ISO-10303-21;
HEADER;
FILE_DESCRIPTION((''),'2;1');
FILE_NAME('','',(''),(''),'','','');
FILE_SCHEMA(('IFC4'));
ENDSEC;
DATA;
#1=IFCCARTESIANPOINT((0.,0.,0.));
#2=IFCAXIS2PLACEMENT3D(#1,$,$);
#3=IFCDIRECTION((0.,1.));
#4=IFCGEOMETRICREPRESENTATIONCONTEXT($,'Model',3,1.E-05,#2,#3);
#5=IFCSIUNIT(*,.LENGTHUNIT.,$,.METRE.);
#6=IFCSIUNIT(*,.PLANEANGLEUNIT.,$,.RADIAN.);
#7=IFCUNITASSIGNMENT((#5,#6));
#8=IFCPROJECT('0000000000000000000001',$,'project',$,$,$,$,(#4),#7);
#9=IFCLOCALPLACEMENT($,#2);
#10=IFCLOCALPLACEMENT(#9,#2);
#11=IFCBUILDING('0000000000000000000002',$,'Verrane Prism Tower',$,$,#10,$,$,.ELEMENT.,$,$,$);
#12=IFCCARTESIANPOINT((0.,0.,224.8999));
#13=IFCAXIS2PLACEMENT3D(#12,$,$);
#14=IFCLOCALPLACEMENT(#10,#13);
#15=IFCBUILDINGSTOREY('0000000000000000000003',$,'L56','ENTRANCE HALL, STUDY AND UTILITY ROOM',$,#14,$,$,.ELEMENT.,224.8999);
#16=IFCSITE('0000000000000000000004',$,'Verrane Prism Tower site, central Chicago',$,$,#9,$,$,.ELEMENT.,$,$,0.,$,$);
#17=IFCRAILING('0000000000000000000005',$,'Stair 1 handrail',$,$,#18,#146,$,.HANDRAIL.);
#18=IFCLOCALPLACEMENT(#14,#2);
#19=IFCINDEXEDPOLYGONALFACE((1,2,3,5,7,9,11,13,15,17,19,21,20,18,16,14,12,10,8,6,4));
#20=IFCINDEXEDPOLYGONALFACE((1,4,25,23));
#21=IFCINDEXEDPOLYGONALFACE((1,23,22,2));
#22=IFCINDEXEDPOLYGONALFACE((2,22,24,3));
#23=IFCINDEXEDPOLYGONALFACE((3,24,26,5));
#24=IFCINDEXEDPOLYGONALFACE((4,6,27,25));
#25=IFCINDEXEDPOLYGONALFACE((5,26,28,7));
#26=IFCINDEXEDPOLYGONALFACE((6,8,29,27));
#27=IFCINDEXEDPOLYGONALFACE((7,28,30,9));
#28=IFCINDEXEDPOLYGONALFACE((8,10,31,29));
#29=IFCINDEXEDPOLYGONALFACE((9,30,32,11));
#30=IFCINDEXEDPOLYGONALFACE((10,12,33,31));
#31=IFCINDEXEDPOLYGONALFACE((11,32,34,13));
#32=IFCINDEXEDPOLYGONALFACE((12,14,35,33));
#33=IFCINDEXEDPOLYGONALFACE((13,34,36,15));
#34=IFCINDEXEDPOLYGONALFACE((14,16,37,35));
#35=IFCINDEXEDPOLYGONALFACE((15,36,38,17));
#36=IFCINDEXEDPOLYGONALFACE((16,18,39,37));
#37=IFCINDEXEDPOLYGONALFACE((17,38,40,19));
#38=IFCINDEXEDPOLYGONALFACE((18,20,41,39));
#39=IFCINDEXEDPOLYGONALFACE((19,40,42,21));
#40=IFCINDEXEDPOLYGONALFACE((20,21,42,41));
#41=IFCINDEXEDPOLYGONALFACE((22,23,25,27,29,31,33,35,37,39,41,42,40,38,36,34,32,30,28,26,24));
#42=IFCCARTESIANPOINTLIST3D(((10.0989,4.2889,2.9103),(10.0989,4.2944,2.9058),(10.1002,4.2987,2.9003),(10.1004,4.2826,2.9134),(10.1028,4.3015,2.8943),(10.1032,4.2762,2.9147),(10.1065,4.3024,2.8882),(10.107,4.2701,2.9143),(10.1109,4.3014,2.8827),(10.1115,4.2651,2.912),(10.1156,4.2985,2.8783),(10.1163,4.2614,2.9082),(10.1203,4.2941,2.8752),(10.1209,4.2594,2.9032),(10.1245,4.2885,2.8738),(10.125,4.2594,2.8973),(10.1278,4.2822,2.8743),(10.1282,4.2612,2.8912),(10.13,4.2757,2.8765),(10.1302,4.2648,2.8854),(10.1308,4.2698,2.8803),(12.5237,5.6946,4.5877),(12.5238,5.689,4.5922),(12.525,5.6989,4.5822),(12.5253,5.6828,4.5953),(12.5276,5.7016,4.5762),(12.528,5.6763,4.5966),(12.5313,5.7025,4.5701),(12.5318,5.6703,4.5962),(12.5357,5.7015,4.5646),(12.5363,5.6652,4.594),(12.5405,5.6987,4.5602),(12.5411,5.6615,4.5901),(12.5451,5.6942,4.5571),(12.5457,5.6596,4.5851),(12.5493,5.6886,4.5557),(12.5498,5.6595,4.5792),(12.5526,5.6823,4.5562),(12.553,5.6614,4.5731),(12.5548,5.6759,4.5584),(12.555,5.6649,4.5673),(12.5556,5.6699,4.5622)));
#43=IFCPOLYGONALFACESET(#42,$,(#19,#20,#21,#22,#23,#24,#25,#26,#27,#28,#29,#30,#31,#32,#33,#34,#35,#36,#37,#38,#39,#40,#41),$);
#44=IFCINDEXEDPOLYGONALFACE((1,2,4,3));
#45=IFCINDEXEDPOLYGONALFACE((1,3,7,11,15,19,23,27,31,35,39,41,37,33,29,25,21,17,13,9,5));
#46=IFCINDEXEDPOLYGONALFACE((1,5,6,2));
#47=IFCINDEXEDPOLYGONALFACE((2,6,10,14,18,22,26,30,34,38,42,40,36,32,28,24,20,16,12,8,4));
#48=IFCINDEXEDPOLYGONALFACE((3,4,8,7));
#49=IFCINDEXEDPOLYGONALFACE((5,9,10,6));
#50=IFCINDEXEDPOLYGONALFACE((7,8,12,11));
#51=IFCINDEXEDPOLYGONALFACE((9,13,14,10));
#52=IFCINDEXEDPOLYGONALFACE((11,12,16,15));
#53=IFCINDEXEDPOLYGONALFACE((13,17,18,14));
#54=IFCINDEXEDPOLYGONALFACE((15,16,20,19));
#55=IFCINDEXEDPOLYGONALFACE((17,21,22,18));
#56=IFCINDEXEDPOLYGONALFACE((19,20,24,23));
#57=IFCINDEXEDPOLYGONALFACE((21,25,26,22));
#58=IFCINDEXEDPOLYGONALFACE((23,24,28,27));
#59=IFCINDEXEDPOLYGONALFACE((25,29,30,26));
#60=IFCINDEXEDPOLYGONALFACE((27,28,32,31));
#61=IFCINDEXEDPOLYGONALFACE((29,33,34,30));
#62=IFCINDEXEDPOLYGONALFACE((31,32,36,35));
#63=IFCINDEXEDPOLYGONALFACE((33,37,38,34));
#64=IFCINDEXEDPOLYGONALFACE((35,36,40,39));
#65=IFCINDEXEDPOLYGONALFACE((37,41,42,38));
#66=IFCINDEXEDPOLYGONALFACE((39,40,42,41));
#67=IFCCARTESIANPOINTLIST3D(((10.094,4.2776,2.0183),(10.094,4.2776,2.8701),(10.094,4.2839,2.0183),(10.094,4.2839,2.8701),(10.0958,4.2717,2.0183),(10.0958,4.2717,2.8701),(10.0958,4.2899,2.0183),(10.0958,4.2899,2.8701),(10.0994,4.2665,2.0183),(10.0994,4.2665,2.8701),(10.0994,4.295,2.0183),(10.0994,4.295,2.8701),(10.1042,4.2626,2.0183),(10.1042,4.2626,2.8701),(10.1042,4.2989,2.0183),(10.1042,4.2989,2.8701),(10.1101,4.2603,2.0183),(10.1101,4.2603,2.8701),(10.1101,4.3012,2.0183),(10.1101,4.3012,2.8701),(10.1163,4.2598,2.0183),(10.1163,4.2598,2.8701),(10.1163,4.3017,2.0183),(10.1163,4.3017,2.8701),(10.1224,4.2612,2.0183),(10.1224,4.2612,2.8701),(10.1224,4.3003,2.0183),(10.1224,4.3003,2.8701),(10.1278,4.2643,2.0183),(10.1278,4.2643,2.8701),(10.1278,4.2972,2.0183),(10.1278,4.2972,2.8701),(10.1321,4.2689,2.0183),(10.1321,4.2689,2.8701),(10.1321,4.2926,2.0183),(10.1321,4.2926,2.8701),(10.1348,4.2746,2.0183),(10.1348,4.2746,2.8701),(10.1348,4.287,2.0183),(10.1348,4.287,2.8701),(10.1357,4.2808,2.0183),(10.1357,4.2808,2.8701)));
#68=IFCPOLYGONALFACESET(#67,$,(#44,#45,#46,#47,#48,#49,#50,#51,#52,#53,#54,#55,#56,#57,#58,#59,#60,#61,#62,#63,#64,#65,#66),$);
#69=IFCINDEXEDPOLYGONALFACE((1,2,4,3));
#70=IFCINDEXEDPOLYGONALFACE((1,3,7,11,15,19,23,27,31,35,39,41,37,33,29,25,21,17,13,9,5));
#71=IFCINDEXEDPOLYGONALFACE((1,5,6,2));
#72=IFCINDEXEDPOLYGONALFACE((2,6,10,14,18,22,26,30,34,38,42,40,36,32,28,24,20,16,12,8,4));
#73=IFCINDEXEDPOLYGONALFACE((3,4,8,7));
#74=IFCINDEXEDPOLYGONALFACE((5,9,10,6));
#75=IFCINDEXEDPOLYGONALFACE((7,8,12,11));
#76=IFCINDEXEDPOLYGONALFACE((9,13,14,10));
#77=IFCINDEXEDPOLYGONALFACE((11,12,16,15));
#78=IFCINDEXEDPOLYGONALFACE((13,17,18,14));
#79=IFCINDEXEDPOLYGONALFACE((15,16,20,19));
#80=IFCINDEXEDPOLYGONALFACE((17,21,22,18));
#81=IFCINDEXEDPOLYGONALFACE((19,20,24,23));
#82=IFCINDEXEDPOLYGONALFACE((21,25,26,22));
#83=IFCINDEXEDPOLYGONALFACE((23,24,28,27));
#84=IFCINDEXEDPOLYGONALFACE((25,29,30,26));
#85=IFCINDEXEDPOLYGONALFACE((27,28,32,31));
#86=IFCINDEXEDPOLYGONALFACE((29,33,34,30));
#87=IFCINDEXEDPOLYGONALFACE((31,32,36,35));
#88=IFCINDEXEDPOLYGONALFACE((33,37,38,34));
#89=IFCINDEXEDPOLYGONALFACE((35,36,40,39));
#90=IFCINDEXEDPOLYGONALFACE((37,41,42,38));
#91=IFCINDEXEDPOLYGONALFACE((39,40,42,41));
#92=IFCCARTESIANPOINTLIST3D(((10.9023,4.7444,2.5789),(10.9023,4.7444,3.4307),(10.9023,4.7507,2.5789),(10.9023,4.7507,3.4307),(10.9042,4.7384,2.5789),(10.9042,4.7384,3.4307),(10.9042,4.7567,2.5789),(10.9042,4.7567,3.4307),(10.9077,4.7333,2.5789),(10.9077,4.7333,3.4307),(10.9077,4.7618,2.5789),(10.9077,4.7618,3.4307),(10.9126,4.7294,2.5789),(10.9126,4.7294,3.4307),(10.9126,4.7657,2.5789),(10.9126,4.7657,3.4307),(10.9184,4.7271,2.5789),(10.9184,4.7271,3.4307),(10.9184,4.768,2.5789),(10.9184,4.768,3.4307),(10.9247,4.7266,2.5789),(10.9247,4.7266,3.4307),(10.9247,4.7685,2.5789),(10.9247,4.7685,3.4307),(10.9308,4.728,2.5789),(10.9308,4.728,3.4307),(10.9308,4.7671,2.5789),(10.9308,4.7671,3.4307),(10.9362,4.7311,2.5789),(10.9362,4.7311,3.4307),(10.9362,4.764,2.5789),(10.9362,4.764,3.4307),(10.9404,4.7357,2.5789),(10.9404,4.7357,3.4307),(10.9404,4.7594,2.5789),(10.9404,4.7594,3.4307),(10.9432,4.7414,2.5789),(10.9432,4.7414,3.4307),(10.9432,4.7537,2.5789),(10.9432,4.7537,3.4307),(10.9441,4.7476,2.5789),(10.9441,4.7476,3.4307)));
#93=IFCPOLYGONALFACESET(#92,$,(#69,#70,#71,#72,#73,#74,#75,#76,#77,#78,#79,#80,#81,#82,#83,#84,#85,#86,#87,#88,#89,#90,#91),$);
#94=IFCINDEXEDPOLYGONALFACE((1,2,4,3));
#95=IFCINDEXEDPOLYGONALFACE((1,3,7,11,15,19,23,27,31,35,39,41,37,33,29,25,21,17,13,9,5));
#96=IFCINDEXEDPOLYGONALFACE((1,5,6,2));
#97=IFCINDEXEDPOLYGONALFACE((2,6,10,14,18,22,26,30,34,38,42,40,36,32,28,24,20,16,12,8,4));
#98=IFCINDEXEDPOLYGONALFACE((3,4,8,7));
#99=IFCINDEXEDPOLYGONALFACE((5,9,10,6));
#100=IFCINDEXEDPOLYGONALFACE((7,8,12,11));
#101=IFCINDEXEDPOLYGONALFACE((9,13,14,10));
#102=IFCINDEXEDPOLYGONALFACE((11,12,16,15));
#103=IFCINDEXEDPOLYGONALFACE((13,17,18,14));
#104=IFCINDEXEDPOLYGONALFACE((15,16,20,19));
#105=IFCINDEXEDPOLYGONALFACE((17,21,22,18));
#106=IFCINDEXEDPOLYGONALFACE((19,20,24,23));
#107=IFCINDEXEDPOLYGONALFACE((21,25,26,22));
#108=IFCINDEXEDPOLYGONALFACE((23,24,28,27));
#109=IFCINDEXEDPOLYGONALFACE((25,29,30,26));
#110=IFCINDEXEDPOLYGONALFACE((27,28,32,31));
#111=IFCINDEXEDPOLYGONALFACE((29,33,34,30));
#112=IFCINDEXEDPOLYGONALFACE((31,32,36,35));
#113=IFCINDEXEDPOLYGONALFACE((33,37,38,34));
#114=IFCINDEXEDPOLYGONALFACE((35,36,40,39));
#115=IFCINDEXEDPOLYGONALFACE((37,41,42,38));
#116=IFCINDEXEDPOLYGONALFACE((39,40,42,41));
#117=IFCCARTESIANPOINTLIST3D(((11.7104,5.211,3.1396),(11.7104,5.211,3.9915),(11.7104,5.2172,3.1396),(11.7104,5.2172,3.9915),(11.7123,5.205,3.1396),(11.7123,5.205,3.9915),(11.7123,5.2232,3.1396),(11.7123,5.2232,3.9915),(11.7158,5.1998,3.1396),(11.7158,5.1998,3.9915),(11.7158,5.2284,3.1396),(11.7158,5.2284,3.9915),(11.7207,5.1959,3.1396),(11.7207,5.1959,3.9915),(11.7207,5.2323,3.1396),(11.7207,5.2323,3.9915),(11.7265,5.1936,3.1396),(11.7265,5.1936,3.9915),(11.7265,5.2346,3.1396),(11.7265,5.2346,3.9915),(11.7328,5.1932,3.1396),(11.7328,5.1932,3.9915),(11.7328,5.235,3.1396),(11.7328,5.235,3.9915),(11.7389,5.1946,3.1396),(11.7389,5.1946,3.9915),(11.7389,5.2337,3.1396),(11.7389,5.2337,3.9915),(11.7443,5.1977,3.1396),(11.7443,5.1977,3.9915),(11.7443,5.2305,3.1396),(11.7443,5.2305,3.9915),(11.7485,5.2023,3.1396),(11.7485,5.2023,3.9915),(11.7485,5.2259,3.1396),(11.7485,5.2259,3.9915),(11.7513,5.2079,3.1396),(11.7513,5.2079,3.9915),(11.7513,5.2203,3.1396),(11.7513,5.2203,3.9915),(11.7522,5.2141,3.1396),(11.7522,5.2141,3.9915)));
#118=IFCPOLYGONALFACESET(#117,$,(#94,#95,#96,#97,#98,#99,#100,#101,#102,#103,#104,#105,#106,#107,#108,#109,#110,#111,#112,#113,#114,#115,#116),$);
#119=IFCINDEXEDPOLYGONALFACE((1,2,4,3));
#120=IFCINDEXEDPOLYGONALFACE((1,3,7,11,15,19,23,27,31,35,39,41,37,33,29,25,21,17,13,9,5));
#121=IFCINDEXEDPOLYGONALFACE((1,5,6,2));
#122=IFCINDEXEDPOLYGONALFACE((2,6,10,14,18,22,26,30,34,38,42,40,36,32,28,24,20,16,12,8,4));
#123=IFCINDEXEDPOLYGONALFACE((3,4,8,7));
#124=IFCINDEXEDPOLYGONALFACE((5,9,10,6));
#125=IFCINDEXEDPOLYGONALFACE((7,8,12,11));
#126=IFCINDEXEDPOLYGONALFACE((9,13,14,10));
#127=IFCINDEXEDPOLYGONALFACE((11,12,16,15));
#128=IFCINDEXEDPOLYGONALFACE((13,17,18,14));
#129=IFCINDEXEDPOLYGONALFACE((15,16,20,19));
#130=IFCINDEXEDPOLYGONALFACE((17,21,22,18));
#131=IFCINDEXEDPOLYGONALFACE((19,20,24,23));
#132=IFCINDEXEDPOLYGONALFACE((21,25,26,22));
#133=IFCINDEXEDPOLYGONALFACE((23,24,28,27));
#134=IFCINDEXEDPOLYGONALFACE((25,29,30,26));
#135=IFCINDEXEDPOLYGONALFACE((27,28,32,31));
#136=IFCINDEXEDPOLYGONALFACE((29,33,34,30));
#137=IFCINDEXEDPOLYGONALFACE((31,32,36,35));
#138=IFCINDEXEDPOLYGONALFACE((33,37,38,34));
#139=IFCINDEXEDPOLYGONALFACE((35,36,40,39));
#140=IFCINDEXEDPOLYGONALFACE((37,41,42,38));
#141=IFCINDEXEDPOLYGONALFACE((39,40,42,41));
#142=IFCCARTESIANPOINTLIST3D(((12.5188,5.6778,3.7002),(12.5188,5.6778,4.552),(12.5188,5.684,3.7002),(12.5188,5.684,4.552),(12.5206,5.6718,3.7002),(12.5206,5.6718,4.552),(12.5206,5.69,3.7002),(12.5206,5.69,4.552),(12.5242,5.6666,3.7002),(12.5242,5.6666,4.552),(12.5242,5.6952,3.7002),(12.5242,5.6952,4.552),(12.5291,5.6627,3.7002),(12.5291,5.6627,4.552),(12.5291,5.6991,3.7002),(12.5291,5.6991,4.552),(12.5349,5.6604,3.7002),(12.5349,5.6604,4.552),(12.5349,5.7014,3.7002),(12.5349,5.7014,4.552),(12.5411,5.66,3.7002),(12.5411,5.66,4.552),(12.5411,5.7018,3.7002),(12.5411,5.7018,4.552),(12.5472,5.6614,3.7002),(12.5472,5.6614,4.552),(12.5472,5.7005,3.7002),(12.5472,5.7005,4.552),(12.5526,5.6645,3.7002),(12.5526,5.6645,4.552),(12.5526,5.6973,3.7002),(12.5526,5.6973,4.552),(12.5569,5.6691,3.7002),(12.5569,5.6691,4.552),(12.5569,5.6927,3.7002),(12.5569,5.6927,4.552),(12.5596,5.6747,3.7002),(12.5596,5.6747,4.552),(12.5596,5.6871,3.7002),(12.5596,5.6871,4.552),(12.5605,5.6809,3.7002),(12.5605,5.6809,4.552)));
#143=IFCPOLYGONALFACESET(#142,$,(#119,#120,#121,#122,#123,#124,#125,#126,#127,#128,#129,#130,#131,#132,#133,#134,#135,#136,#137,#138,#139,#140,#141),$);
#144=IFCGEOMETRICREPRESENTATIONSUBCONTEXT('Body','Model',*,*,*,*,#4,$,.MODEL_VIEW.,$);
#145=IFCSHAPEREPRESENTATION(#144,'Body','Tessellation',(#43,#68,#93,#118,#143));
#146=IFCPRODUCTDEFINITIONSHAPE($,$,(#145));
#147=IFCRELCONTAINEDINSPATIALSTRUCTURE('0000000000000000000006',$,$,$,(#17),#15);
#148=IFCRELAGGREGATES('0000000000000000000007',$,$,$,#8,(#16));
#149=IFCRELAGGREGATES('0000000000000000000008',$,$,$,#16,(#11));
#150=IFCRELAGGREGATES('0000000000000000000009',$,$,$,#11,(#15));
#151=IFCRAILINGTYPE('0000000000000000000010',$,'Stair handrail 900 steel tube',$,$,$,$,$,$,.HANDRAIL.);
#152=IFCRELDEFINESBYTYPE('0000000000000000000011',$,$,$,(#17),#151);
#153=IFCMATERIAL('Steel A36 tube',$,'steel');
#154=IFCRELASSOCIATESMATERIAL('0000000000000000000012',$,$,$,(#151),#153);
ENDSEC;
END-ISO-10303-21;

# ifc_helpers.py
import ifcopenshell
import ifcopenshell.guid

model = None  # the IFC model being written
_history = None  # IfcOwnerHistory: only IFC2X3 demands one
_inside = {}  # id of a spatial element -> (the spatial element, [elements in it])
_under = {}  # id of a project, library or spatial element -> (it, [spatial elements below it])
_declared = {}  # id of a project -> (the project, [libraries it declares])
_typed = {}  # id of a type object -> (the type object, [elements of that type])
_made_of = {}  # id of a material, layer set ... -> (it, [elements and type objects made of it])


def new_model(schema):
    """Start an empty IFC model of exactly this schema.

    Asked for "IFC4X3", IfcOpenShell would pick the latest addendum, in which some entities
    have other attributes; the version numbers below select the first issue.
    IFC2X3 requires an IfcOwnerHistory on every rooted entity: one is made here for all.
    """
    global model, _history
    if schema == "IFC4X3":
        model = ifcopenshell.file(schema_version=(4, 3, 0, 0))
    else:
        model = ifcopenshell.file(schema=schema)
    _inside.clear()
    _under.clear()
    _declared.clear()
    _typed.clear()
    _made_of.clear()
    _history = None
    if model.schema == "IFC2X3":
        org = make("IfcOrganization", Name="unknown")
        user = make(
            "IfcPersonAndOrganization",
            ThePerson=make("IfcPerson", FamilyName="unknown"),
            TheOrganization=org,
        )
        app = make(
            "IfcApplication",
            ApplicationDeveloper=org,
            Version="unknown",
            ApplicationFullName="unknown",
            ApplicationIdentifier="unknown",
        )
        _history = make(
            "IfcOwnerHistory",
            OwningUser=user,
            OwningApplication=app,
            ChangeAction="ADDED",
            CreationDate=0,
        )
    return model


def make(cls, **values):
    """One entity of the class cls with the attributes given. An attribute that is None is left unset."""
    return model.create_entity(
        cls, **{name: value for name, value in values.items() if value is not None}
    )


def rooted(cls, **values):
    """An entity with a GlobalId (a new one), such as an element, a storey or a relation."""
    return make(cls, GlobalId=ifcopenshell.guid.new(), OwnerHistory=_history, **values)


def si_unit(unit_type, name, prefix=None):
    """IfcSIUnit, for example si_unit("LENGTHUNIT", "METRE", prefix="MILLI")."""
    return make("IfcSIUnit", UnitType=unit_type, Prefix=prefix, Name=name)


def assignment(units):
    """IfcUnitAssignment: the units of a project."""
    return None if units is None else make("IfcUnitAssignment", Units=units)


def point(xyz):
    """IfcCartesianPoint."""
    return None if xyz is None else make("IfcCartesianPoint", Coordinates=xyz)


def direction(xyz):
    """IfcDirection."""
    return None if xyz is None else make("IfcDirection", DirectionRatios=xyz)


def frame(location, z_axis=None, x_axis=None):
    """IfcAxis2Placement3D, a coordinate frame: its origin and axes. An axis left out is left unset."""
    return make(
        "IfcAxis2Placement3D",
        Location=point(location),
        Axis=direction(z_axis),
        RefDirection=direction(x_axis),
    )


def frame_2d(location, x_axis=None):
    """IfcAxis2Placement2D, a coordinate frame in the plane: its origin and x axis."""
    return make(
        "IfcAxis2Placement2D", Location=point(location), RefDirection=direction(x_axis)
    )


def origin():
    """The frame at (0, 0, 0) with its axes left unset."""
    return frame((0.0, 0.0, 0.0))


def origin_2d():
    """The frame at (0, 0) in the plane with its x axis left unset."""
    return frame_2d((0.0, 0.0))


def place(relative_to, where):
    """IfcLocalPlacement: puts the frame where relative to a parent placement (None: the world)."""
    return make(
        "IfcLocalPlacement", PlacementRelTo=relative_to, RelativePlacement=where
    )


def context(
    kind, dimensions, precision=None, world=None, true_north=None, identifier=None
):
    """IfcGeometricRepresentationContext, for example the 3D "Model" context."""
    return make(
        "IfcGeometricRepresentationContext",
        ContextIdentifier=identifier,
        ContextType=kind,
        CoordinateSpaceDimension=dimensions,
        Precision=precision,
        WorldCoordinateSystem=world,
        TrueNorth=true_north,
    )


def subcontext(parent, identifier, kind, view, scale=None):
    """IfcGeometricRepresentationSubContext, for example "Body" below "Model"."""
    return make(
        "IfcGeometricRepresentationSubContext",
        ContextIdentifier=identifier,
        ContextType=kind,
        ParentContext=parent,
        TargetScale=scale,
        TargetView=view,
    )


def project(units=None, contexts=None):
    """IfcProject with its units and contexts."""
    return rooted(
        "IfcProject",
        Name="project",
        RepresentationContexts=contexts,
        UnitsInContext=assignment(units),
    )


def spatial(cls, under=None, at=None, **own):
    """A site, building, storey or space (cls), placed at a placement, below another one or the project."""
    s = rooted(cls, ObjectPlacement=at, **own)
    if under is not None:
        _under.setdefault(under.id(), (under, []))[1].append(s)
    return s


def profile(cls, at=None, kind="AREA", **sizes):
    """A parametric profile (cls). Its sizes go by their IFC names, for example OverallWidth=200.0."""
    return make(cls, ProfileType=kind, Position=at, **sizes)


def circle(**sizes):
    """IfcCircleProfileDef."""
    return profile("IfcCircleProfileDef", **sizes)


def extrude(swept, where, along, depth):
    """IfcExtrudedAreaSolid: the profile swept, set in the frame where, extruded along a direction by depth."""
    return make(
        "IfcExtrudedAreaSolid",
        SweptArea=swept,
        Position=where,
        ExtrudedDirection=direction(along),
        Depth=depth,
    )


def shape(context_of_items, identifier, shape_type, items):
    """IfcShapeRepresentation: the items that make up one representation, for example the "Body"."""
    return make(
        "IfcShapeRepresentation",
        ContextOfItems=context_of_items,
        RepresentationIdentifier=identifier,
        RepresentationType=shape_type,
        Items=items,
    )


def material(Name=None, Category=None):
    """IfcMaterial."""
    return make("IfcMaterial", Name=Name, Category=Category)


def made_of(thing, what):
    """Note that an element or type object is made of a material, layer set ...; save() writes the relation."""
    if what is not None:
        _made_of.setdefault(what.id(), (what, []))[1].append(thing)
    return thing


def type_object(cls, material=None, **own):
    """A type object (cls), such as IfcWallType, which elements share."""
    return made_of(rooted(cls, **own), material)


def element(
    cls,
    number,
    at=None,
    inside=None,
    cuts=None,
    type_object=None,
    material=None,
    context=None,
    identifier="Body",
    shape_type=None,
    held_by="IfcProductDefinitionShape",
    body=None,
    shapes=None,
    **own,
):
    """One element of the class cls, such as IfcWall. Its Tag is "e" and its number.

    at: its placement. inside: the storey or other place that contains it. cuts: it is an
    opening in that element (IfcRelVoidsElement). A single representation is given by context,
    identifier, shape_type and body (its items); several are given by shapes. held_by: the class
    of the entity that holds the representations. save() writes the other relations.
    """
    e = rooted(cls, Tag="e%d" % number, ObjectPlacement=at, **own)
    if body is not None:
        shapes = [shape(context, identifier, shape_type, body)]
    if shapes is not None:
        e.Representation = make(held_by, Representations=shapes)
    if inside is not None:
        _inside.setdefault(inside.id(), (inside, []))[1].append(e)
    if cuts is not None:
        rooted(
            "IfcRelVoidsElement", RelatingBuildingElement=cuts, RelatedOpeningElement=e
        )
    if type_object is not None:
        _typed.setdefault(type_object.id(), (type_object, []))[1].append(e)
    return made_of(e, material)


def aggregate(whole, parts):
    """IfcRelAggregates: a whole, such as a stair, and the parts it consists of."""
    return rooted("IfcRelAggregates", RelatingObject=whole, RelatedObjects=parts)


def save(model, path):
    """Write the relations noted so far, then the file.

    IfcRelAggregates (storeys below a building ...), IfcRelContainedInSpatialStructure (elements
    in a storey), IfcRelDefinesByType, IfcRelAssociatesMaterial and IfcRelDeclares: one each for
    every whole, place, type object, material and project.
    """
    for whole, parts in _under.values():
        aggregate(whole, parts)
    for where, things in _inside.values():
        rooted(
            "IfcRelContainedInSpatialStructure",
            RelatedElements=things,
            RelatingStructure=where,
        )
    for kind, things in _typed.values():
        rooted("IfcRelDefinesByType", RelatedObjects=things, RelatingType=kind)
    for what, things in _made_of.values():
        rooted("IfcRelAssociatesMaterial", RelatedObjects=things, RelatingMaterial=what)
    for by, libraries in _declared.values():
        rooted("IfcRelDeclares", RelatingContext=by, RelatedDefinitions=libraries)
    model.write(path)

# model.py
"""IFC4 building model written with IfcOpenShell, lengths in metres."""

from ifc_helpers import new_model, si_unit, direction, frame, origin, origin_2d, place, context, subcontext, project, spatial, circle, extrude, material, type_object, element, save


model = new_model("IFC4")

# Units and contexts
model_context = context("Model", 3, precision=1e-05, world=origin(), true_north=direction((0.0, 1.0)))
body_context = subcontext(model_context, "Body", "Model", "MODEL_VIEW")
ifc_project = project(units=[si_unit("LENGTHUNIT", "METRE"), si_unit("PLANEANGLEUNIT", "RADIAN")], contexts=[model_context])

# Site, building, storey
site_placement = place(None, origin())
site = spatial("IfcSite", under=ifc_project, at=site_placement, Name="Verrane Prism Tower site, central Chicago", CompositionType="ELEMENT", RefElevation=0.0)
building_placement = place(site_placement, origin())
building = spatial("IfcBuilding", under=site, at=building_placement, Name="Verrane Prism Tower", CompositionType="ELEMENT")
storey_placement = place(building_placement, frame((0.0, 0.0, 224.8999)))
storey = spatial("IfcBuildingStorey", under=building, at=storey_placement, Name="L56", Description="ENTRANCE HALL, STUDY AND UTILITY ROOM", CompositionType="ELEMENT", Elevation=224.8999)

# Railing
ifc_material_1 = material(Name="Steel A36 tube", Category="steel")
railing_type_1 = type_object("IfcRailingType", Name="Stair handrail 900 steel tube", PredefinedType="HANDRAIL", material=ifc_material_1)
railing_1_placement = place(storey_placement, frame((10.1147, 4.2808, 2.0183)))
element("IfcRailing", 1, at=railing_1_placement, inside=storey, type_object=railing_type_1, Name="Stair 1 handrail", PredefinedType="HANDRAIL", context=body_context, shape_type="SweptSolid", body=[
    extrude(circle(Radius=0.0239, at=origin_2d()), frame((0.0, 0.0, 0.876), z_axis=(0.742367, 0.428662, 0.514918), x_axis=(-0.50005, 0.865997, 0.0)), (0.0, 0.0, 1.0), 3.2664),
    extrude(circle(Radius=0.021, at=origin_2d()), origin(), (0.0, 0.0, 1.0), 0.8518),
    extrude(circle(Radius=0.021, at=origin_2d()), frame((0.8083, 0.4668, 0.5605)), (0.0, 0.0, 1.0), 0.8518),
    extrude(circle(Radius=0.021, at=origin_2d()), frame((1.6165, 0.9333, 1.1213)), (0.0, 0.0, 1.0), 0.8518),
    extrude(circle(Radius=0.021, at=origin_2d()), frame((2.4248, 1.4001, 1.6819)), (0.0, 0.0, 1.0), 0.8518),
])

save(model, "model.ifc")
